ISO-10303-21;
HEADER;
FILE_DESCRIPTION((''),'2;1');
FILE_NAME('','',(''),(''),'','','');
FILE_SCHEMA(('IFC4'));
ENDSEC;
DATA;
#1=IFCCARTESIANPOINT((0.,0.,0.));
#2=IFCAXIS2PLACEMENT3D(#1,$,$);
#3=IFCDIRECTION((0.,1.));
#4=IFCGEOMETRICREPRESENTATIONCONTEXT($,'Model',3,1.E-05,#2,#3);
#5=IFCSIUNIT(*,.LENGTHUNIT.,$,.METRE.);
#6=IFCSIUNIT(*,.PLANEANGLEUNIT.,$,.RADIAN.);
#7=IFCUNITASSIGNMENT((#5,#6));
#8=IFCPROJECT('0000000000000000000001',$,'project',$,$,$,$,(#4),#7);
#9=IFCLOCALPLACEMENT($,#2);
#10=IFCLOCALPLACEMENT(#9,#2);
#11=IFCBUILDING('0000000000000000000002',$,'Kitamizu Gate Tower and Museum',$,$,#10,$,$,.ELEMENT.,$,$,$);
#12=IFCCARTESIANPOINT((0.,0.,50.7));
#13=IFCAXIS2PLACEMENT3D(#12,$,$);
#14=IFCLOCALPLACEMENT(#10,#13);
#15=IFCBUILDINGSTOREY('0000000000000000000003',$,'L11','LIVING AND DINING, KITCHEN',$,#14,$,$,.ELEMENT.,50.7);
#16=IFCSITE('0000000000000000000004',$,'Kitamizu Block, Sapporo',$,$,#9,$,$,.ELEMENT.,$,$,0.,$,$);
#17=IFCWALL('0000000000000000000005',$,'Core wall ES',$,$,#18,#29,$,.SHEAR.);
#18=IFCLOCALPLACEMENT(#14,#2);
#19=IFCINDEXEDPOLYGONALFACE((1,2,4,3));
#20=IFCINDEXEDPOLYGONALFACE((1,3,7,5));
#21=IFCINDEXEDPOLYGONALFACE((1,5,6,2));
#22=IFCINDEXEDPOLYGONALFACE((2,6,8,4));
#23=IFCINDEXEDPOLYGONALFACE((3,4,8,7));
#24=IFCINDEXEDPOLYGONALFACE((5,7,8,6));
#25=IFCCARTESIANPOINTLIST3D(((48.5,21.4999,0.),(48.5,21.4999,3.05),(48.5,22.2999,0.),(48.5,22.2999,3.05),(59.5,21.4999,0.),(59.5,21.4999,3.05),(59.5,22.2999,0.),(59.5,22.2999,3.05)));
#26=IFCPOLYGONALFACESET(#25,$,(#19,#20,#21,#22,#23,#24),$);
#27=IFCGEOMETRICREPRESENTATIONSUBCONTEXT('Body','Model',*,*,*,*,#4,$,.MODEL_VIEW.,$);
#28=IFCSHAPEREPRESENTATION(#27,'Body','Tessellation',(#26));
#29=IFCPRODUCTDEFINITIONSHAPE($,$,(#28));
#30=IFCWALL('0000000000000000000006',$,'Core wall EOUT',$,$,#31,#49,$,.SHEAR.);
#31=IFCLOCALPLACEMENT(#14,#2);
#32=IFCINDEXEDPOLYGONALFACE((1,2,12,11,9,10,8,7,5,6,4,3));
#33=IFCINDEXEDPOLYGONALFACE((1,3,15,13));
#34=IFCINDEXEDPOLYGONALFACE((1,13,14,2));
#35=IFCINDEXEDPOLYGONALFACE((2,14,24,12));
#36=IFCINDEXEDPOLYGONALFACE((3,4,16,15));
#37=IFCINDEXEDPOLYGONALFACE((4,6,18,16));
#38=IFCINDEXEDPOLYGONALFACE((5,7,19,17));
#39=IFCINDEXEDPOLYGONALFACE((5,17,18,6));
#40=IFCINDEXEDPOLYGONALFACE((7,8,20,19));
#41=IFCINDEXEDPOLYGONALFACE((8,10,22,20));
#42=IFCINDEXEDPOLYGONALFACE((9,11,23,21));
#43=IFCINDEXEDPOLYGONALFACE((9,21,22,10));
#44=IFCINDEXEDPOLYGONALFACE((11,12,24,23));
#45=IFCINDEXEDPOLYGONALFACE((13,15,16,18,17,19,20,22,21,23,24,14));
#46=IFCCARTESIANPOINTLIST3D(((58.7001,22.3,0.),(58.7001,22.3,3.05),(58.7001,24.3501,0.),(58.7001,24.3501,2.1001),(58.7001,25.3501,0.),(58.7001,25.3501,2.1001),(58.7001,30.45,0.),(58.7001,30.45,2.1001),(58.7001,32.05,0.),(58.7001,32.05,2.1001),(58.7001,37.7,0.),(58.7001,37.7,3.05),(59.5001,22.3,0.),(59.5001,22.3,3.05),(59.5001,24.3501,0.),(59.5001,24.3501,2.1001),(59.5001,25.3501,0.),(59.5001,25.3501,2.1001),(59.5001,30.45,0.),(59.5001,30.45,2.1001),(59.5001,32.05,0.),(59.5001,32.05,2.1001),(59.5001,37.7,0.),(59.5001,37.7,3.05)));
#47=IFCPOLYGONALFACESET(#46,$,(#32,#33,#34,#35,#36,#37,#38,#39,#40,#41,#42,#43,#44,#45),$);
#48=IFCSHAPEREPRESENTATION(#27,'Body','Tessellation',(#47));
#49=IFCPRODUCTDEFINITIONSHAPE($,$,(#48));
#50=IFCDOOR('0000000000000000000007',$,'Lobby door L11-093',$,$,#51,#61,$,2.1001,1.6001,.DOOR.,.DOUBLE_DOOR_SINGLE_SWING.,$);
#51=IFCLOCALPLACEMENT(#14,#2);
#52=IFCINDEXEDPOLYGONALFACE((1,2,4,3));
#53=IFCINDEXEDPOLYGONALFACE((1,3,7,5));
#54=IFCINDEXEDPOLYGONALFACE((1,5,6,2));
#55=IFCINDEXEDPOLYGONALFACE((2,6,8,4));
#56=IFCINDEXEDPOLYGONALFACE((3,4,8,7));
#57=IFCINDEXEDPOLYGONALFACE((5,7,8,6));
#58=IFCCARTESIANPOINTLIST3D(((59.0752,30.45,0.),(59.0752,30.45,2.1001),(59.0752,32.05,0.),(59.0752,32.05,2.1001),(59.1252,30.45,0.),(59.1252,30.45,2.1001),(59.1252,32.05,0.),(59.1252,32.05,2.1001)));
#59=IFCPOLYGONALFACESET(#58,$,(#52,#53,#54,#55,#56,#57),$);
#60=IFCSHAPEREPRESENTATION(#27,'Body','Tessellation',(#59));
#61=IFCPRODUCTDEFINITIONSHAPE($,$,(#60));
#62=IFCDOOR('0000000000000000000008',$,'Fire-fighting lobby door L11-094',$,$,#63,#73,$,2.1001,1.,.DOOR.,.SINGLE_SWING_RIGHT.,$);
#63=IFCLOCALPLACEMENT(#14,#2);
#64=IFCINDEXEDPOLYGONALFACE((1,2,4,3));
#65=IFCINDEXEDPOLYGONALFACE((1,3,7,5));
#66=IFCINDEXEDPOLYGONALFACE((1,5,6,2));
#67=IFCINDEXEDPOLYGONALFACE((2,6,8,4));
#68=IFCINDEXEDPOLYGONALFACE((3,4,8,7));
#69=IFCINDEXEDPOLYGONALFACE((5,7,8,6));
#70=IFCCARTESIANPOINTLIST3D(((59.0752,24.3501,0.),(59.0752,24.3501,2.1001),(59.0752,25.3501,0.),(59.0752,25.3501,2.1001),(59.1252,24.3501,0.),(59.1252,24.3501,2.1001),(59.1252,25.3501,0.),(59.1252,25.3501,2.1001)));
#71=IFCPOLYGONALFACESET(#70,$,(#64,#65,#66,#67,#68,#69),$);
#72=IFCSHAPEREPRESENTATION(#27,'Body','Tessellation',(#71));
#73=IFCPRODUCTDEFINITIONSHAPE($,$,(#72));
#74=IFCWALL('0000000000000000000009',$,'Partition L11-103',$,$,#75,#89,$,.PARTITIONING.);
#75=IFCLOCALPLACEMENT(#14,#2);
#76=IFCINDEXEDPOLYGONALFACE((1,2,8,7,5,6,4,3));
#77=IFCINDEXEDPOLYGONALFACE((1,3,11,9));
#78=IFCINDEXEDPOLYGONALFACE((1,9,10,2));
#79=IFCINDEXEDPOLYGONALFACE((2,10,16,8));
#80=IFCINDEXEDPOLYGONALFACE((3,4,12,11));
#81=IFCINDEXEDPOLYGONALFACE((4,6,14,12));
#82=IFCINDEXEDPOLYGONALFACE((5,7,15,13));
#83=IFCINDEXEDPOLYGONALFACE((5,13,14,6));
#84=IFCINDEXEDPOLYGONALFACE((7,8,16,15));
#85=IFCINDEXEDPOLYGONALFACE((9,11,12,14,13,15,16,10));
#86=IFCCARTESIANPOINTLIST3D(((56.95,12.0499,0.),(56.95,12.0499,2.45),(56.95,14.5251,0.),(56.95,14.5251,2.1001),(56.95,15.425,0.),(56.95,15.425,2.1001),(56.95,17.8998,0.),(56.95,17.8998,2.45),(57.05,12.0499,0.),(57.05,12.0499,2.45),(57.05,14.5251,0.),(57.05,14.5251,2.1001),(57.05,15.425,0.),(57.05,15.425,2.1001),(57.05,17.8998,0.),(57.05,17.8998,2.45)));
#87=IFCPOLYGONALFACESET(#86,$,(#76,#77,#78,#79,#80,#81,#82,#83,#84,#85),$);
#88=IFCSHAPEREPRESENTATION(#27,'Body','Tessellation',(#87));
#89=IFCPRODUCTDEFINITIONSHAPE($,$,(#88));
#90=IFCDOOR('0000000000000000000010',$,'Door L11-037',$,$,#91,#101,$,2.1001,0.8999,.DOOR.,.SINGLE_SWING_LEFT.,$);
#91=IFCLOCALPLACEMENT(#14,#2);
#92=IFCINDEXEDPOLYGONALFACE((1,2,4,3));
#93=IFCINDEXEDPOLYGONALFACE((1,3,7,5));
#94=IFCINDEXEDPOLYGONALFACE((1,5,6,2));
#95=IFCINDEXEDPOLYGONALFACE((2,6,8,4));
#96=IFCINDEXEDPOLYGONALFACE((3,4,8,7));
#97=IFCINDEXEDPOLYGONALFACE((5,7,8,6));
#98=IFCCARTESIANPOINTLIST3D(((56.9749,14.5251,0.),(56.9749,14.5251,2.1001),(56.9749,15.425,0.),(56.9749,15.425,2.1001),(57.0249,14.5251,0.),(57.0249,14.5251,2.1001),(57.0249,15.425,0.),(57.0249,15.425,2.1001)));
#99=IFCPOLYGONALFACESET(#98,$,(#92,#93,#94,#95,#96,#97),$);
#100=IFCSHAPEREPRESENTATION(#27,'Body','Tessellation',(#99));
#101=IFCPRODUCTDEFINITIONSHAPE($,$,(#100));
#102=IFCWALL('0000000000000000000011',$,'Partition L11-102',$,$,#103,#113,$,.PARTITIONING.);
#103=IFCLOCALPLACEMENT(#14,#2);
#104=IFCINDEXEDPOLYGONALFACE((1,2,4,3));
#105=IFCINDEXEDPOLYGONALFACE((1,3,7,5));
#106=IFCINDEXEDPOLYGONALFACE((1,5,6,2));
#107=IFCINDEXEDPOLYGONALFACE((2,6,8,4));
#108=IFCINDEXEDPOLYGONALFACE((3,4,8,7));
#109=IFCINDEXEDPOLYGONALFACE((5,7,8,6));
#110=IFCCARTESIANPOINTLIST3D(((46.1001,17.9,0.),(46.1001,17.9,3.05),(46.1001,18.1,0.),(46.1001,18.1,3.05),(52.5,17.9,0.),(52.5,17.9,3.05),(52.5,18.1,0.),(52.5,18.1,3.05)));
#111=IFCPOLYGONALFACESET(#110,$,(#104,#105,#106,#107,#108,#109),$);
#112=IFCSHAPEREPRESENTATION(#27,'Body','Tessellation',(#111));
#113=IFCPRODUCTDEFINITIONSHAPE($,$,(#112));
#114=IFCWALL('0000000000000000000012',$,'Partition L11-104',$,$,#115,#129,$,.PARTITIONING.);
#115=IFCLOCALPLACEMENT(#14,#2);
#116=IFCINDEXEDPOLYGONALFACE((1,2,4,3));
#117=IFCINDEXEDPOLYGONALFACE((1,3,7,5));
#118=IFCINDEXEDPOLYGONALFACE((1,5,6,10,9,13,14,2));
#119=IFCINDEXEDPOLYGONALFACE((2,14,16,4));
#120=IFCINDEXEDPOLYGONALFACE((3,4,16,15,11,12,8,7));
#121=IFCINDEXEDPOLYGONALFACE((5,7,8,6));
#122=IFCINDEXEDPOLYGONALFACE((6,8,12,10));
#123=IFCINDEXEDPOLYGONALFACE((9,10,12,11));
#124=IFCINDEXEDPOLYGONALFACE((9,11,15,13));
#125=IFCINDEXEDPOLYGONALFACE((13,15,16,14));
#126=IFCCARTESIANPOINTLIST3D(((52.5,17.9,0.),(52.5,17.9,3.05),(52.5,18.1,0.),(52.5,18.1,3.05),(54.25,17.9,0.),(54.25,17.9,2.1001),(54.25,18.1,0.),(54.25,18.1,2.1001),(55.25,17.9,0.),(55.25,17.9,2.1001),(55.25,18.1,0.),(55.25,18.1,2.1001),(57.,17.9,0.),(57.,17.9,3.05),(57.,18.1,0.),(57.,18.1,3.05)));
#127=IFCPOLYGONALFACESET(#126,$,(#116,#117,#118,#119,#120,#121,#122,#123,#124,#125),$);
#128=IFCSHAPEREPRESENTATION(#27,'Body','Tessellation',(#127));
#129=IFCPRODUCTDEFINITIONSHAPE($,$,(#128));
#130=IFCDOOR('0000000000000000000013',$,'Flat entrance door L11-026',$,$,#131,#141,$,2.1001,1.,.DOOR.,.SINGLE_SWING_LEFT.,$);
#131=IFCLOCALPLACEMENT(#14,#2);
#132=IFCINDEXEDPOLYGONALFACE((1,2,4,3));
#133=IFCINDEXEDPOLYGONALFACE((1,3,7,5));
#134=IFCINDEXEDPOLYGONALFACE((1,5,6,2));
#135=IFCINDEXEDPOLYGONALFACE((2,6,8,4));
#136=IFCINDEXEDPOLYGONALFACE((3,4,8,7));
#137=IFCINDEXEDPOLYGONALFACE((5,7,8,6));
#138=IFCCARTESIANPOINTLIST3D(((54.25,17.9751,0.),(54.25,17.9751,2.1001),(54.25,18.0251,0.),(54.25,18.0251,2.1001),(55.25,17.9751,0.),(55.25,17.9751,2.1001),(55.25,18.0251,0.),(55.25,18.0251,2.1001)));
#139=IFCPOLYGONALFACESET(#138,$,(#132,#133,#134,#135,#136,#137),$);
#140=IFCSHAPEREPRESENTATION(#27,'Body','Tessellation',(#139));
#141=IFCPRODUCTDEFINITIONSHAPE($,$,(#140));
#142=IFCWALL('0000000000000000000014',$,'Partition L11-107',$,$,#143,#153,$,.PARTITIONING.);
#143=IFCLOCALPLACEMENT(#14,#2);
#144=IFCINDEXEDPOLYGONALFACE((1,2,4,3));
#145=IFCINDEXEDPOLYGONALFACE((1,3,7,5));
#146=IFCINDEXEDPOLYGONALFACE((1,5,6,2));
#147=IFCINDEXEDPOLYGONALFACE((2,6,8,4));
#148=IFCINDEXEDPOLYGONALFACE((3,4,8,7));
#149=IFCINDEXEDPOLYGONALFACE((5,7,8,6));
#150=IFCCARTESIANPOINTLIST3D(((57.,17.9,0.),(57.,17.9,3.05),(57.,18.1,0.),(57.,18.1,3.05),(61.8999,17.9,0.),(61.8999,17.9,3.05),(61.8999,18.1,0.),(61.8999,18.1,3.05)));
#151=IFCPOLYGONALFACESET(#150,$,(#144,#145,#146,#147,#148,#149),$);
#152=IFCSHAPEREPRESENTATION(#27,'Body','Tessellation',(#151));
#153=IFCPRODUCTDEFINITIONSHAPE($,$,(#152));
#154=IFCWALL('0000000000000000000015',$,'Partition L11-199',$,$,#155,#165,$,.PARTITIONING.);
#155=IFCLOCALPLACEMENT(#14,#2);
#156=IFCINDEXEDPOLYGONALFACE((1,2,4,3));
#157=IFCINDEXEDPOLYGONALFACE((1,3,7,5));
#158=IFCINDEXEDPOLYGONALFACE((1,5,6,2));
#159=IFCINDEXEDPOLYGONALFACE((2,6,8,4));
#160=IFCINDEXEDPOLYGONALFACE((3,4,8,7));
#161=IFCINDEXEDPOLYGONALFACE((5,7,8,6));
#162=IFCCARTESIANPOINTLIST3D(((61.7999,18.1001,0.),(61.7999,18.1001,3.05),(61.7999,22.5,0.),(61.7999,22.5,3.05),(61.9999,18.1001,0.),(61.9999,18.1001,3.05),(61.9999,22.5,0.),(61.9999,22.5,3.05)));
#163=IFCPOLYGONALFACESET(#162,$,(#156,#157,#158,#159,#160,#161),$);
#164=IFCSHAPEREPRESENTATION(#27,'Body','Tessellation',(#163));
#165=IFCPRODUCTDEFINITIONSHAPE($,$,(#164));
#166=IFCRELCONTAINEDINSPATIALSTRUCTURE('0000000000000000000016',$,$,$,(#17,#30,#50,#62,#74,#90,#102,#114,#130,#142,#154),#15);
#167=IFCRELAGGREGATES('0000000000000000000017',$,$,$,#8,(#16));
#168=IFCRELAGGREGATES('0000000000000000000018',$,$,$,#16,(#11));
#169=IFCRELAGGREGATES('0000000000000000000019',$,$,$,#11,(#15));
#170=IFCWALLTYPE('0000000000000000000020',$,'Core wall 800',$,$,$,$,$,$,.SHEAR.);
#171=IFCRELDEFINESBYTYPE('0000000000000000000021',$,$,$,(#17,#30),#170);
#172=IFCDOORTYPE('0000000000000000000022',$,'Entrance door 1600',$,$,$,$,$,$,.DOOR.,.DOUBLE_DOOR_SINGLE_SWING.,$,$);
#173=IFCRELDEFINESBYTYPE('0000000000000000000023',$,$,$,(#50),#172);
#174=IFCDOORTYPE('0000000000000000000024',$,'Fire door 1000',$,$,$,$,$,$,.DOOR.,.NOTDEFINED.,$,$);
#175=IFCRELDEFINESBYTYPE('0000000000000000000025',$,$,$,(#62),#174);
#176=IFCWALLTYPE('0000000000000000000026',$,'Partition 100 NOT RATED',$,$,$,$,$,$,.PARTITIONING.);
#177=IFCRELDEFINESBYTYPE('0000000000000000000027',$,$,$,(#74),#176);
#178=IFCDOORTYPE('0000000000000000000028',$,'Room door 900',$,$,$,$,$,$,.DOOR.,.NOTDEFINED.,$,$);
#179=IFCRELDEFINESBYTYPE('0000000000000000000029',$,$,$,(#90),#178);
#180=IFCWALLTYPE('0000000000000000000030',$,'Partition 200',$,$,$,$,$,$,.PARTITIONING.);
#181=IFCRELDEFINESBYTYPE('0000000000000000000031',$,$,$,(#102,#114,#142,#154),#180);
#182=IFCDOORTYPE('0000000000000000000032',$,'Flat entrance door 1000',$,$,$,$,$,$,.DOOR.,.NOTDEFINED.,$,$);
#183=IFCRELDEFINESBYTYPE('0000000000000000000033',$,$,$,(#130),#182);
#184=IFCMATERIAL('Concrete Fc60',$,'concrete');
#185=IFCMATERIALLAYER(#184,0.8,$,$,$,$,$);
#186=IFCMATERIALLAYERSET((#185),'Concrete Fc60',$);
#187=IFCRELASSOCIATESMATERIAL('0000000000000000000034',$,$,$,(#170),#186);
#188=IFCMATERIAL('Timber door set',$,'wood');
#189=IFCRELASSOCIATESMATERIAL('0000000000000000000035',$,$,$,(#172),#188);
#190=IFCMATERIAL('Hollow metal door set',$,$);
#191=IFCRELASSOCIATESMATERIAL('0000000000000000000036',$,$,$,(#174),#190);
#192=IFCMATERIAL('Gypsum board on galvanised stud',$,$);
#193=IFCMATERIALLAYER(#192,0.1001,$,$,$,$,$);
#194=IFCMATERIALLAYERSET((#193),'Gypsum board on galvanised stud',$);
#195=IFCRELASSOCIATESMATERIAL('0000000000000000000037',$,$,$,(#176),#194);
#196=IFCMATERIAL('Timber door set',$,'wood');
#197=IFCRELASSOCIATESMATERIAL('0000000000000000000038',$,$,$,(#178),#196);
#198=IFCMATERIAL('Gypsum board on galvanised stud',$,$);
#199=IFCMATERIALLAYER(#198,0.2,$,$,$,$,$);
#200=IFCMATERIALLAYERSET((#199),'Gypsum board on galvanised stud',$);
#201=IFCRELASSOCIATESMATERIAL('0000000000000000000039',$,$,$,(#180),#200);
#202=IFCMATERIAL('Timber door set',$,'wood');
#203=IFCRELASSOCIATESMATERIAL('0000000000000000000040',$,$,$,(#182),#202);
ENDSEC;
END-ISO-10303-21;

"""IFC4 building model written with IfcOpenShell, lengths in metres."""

from ifc_helpers import new_model, si_unit, direction, frame, frame_2d, origin, place, context, subcontext, project, spatial, rectangle, extrude, material, layer, layer_set, type_object, element, fill, save


model = new_model("IFC4")

# Units and contexts
model_context = context("Model", 3, precision=1e-05, world=origin(), true_north=direction((0.0, 1.0)))
body_context = subcontext(model_context, "Body", "Model", "MODEL_VIEW")
ifc_project = project(units=[si_unit("LENGTHUNIT", "METRE"), si_unit("PLANEANGLEUNIT", "RADIAN")], contexts=[model_context])

# Site, building, storey
site_placement = place(None, origin())
site = spatial("IfcSite", under=ifc_project, at=site_placement, Name="Kitamizu Block, Sapporo", CompositionType="ELEMENT", RefElevation=0.0)
building_placement = place(site_placement, origin())
building = spatial("IfcBuilding", under=site, at=building_placement, Name="Kitamizu Gate Tower and Museum", CompositionType="ELEMENT")
storey_placement = place(building_placement, frame((0.0, 0.0, 50.7)))
storey = spatial("IfcBuildingStorey", under=building, at=storey_placement, Name="L11", Description="LIVING AND DINING, KITCHEN", CompositionType="ELEMENT", Elevation=50.7)

# Wall
ifc_material_1 = material(Name="Concrete Fc60", Category="concrete")
ifc_layer_1 = layer(ifc_material_1, 0.8)
ifc_layer_set_1 = layer_set([ifc_layer_1], Name="Concrete Fc60")
wall_type_1 = type_object("IfcWallType", Name="Core wall 800", PredefinedType="SHEAR", material=ifc_layer_set_1)
wall_1_placement = place(storey_placement, frame((59.5, 21.8999, 0.0), z_axis=(0.0, 0.0, 1.0), x_axis=(-1.0, 0.0, 0.0)))
element("IfcWall", 1, at=wall_1_placement, inside=storey, type_object=wall_type_1, Name="Core wall ES", PredefinedType="SHEAR", context=body_context, shape_type="SweptSolid", body=[
    extrude(rectangle(XDim=11.0, YDim=0.8, at=frame_2d((5.5, 0.0))), origin(), (0.0, 0.0, 1.0), 3.05),
])

# Wall, openings, doors
wall_2_placement = place(storey_placement, frame((59.1001, 22.3, 0.0), z_axis=(0.0, 0.0, 1.0), x_axis=(0.0, 1.0, 0.0)))
wall_2 = element("IfcWall", 2, at=wall_2_placement, inside=storey, type_object=wall_type_1, Name="Core wall EOUT", PredefinedType="SHEAR", context=body_context, shape_type="SweptSolid", body=[
    extrude(rectangle(XDim=15.3999, YDim=0.8, at=frame_2d((7.7, 0.0))), origin(), (0.0, 0.0, 1.0), 3.05),
])
opening_1_placement = place(wall_2_placement, frame((8.1499, 0.0, 0.0)))
opening_1 = element("IfcOpeningElement", 3, at=opening_1_placement, cuts=wall_2, PredefinedType="OPENING", context=body_context, shape_type="SweptSolid", body=[
    extrude(rectangle(XDim=1.6001, YDim=2.1001, at=frame_2d((0.8, 1.05))), frame((0.0, 0.4102, 0.0), z_axis=(0.0, -1.0, 0.0), x_axis=(1.0, 0.0, 0.0)), (0.0, 0.0, 1.0), 0.8201),
])
opening_2_placement = place(wall_2_placement, frame((2.05, 0.0, 0.0)))
opening_2 = element("IfcOpeningElement", 4, at=opening_2_placement, cuts=wall_2, PredefinedType="OPENING", context=body_context, shape_type="SweptSolid", body=[
    extrude(rectangle(XDim=1.0, YDim=2.1001, at=frame_2d((0.5, 1.05))), frame((0.0, 0.4102, 0.0), z_axis=(0.0, -1.0, 0.0), x_axis=(1.0, 0.0, 0.0)), (0.0, 0.0, 1.0), 0.8201),
])
ifc_material_2 = material(Name="Timber door set", Category="wood")
door_type_1 = type_object("IfcDoorType", Name="Entrance door 1600", OperationType="DOUBLE_DOOR_SINGLE_SWING", PredefinedType="DOOR", material=ifc_material_2)
door_1_placement = place(opening_1_placement, origin())
door_1 = element("IfcDoor", 5, at=door_1_placement, inside=storey, type_object=door_type_1, Name="Lobby door L11-093", OperationType="DOUBLE_DOOR_SINGLE_SWING", OverallHeight=2.1001, OverallWidth=1.6001, PredefinedType="DOOR", context=body_context, shape_type="SweptSolid", body=[
    extrude(rectangle(XDim=1.6001, YDim=2.1001, at=frame_2d((0.8, 1.05))), frame((0.0, 0.0249, 0.0), z_axis=(0.0, -1.0, 0.0), x_axis=(1.0, 0.0, 0.0)), (0.0, 0.0, 1.0), 0.05),
])
fill(opening_1, door_1)
ifc_material_3 = material(Name="Hollow metal door set")
door_type_2 = type_object("IfcDoorType", Name="Fire door 1000", OperationType="NOTDEFINED", PredefinedType="DOOR", material=ifc_material_3)
door_2_placement = place(opening_2_placement, origin())
door_2 = element("IfcDoor", 6, at=door_2_placement, inside=storey, type_object=door_type_2, Name="Fire-fighting lobby door L11-094", OperationType="SINGLE_SWING_RIGHT", OverallHeight=2.1001, OverallWidth=1.0, PredefinedType="DOOR", context=body_context, shape_type="SweptSolid", body=[
    extrude(rectangle(XDim=1.0, YDim=2.1001, at=frame_2d((0.5, 1.05))), frame((0.0, 0.0249, 0.0), z_axis=(0.0, -1.0, 0.0), x_axis=(1.0, 0.0, 0.0)), (0.0, 0.0, 1.0), 0.05),
])
fill(opening_2, door_2)

# Wall, opening, door
ifc_material_4 = material(Name="Gypsum board on galvanised stud")
ifc_layer_2 = layer(ifc_material_4, 0.1001)
ifc_layer_set_2 = layer_set([ifc_layer_2], Name="Gypsum board on galvanised stud")
wall_type_2 = type_object("IfcWallType", Name="Partition 100 NOT RATED", PredefinedType="PARTITIONING", material=ifc_layer_set_2)
wall_3_placement = place(storey_placement, frame((57.0, 12.05, 0.0), z_axis=(0.0, 0.0, 1.0), x_axis=(0.0, 1.0, 0.0)))
wall_3 = element("IfcWall", 7, at=wall_3_placement, inside=storey, type_object=wall_type_2, Name="Partition L11-103", PredefinedType="PARTITIONING", context=body_context, shape_type="SweptSolid", body=[
    extrude(rectangle(XDim=5.8499, YDim=0.1001, at=frame_2d((2.9248, 0.0))), origin(), (0.0, 0.0, 1.0), 2.45),
])
opening_3_placement = place(wall_3_placement, frame((2.4751, 0.0, 0.0)))
opening_3 = element("IfcOpeningElement", 8, at=opening_3_placement, cuts=wall_3, PredefinedType="OPENING", context=body_context, shape_type="SweptSolid", body=[
    extrude(rectangle(XDim=0.8999, YDim=2.1001, at=frame_2d((0.45, 1.05))), frame((0.0, 0.0601, 0.0), z_axis=(0.0, -1.0, 0.0), x_axis=(1.0, 0.0, 0.0)), (0.0, 0.0, 1.0), 0.1201),
])
ifc_material_5 = material(Name="Timber door set", Category="wood")
door_type_3 = type_object("IfcDoorType", Name="Room door 900", OperationType="NOTDEFINED", PredefinedType="DOOR", material=ifc_material_5)
door_3_placement = place(opening_3_placement, frame((0.8999, 0.0, 0.0), x_axis=(-1.0, 0.0, 0.0)))
door_3 = element("IfcDoor", 9, at=door_3_placement, inside=storey, type_object=door_type_3, Name="Door L11-037", OperationType="SINGLE_SWING_LEFT", OverallHeight=2.1001, OverallWidth=0.8999, PredefinedType="DOOR", context=body_context, shape_type="SweptSolid", body=[
    extrude(rectangle(XDim=0.8999, YDim=2.1001, at=frame_2d((0.45, 1.05))), frame((0.0, 0.0249, 0.0), z_axis=(0.0, -1.0, 0.0), x_axis=(1.0, 0.0, 0.0)), (0.0, 0.0, 1.0), 0.05),
])
fill(opening_3, door_3)

# Wall
ifc_material_6 = material(Name="Gypsum board on galvanised stud")
ifc_layer_3 = layer(ifc_material_6, 0.2)
ifc_layer_set_3 = layer_set([ifc_layer_3], Name="Gypsum board on galvanised stud")
wall_type_3 = type_object("IfcWallType", Name="Partition 200", PredefinedType="PARTITIONING", material=ifc_layer_set_3)
wall_4_placement = place(storey_placement, frame((52.5, 18.0, 0.0), z_axis=(0.0, 0.0, 1.0), x_axis=(-1.0, 0.0, 0.0)))
element("IfcWall", 10, at=wall_4_placement, inside=storey, type_object=wall_type_3, Name="Partition L11-102", PredefinedType="PARTITIONING", context=body_context, shape_type="SweptSolid", body=[
    extrude(rectangle(XDim=6.3999, YDim=0.2, at=frame_2d((3.2, 0.0))), origin(), (0.0, 0.0, 1.0), 3.05),
])

# Wall, opening, door
wall_5_placement = place(storey_placement, frame((57.0, 18.0, 0.0), z_axis=(0.0, 0.0, 1.0), x_axis=(-1.0, 0.0, 0.0)))
wall_5 = element("IfcWall", 11, at=wall_5_placement, inside=storey, type_object=wall_type_3, Name="Partition L11-104", PredefinedType="PARTITIONING", context=body_context, shape_type="SweptSolid", body=[
    extrude(rectangle(XDim=4.5, YDim=0.2, at=frame_2d((2.25, 0.0))), origin(), (0.0, 0.0, 1.0), 3.05),
])
opening_4_placement = place(wall_5_placement, frame((1.75, 0.0, 0.0)))
opening_4 = element("IfcOpeningElement", 12, at=opening_4_placement, cuts=wall_5, PredefinedType="OPENING", context=body_context, shape_type="SweptSolid", body=[
    extrude(rectangle(XDim=1.0, YDim=2.1001, at=frame_2d((0.5, 1.05))), frame((0.0, 0.1099, 0.0), z_axis=(0.0, -1.0, 0.0), x_axis=(1.0, 0.0, 0.0)), (0.0, 0.0, 1.0), 0.22),
])
ifc_material_7 = material(Name="Timber door set", Category="wood")
door_type_4 = type_object("IfcDoorType", Name="Flat entrance door 1000", OperationType="NOTDEFINED", PredefinedType="DOOR", material=ifc_material_7)
door_4_placement = place(opening_4_placement, origin())
door_4 = element("IfcDoor", 13, at=door_4_placement, inside=storey, type_object=door_type_4, Name="Flat entrance door L11-026", OperationType="SINGLE_SWING_LEFT", OverallHeight=2.1001, OverallWidth=1.0, PredefinedType="DOOR", context=body_context, shape_type="SweptSolid", body=[
    extrude(rectangle(XDim=1.0, YDim=2.1001, at=frame_2d((0.5, 1.05))), frame((0.0, 0.0249, 0.0), z_axis=(0.0, -1.0, 0.0), x_axis=(1.0, 0.0, 0.0)), (0.0, 0.0, 1.0), 0.05),
])
fill(opening_4, door_4)

# Walls
wall_6_placement = place(storey_placement, frame((61.8999, 18.0, 0.0), z_axis=(0.0, 0.0, 1.0), x_axis=(-1.0, 0.0, 0.0)))
element("IfcWall", 14, at=wall_6_placement, inside=storey, type_object=wall_type_3, Name="Partition L11-107", PredefinedType="PARTITIONING", context=body_context, shape_type="SweptSolid", body=[
    extrude(rectangle(XDim=4.8999, YDim=0.2, at=frame_2d((2.45, 0.0))), origin(), (0.0, 0.0, 1.0), 3.05),
])
wall_7_placement = place(storey_placement, frame((61.8999, 22.5, 0.0), z_axis=(0.0, 0.0, 1.0), x_axis=(0.0, -1.0, 0.0)))
element("IfcWall", 15, at=wall_7_placement, inside=storey, type_object=wall_type_3, Name="Partition L11-199", PredefinedType="PARTITIONING", context=body_context, shape_type="SweptSolid", body=[
    extrude(rectangle(XDim=4.3999, YDim=0.2, at=frame_2d((2.2, 0.0))), origin(), (0.0, 0.0, 1.0), 3.05),
])

save(model, "model.ifc")
